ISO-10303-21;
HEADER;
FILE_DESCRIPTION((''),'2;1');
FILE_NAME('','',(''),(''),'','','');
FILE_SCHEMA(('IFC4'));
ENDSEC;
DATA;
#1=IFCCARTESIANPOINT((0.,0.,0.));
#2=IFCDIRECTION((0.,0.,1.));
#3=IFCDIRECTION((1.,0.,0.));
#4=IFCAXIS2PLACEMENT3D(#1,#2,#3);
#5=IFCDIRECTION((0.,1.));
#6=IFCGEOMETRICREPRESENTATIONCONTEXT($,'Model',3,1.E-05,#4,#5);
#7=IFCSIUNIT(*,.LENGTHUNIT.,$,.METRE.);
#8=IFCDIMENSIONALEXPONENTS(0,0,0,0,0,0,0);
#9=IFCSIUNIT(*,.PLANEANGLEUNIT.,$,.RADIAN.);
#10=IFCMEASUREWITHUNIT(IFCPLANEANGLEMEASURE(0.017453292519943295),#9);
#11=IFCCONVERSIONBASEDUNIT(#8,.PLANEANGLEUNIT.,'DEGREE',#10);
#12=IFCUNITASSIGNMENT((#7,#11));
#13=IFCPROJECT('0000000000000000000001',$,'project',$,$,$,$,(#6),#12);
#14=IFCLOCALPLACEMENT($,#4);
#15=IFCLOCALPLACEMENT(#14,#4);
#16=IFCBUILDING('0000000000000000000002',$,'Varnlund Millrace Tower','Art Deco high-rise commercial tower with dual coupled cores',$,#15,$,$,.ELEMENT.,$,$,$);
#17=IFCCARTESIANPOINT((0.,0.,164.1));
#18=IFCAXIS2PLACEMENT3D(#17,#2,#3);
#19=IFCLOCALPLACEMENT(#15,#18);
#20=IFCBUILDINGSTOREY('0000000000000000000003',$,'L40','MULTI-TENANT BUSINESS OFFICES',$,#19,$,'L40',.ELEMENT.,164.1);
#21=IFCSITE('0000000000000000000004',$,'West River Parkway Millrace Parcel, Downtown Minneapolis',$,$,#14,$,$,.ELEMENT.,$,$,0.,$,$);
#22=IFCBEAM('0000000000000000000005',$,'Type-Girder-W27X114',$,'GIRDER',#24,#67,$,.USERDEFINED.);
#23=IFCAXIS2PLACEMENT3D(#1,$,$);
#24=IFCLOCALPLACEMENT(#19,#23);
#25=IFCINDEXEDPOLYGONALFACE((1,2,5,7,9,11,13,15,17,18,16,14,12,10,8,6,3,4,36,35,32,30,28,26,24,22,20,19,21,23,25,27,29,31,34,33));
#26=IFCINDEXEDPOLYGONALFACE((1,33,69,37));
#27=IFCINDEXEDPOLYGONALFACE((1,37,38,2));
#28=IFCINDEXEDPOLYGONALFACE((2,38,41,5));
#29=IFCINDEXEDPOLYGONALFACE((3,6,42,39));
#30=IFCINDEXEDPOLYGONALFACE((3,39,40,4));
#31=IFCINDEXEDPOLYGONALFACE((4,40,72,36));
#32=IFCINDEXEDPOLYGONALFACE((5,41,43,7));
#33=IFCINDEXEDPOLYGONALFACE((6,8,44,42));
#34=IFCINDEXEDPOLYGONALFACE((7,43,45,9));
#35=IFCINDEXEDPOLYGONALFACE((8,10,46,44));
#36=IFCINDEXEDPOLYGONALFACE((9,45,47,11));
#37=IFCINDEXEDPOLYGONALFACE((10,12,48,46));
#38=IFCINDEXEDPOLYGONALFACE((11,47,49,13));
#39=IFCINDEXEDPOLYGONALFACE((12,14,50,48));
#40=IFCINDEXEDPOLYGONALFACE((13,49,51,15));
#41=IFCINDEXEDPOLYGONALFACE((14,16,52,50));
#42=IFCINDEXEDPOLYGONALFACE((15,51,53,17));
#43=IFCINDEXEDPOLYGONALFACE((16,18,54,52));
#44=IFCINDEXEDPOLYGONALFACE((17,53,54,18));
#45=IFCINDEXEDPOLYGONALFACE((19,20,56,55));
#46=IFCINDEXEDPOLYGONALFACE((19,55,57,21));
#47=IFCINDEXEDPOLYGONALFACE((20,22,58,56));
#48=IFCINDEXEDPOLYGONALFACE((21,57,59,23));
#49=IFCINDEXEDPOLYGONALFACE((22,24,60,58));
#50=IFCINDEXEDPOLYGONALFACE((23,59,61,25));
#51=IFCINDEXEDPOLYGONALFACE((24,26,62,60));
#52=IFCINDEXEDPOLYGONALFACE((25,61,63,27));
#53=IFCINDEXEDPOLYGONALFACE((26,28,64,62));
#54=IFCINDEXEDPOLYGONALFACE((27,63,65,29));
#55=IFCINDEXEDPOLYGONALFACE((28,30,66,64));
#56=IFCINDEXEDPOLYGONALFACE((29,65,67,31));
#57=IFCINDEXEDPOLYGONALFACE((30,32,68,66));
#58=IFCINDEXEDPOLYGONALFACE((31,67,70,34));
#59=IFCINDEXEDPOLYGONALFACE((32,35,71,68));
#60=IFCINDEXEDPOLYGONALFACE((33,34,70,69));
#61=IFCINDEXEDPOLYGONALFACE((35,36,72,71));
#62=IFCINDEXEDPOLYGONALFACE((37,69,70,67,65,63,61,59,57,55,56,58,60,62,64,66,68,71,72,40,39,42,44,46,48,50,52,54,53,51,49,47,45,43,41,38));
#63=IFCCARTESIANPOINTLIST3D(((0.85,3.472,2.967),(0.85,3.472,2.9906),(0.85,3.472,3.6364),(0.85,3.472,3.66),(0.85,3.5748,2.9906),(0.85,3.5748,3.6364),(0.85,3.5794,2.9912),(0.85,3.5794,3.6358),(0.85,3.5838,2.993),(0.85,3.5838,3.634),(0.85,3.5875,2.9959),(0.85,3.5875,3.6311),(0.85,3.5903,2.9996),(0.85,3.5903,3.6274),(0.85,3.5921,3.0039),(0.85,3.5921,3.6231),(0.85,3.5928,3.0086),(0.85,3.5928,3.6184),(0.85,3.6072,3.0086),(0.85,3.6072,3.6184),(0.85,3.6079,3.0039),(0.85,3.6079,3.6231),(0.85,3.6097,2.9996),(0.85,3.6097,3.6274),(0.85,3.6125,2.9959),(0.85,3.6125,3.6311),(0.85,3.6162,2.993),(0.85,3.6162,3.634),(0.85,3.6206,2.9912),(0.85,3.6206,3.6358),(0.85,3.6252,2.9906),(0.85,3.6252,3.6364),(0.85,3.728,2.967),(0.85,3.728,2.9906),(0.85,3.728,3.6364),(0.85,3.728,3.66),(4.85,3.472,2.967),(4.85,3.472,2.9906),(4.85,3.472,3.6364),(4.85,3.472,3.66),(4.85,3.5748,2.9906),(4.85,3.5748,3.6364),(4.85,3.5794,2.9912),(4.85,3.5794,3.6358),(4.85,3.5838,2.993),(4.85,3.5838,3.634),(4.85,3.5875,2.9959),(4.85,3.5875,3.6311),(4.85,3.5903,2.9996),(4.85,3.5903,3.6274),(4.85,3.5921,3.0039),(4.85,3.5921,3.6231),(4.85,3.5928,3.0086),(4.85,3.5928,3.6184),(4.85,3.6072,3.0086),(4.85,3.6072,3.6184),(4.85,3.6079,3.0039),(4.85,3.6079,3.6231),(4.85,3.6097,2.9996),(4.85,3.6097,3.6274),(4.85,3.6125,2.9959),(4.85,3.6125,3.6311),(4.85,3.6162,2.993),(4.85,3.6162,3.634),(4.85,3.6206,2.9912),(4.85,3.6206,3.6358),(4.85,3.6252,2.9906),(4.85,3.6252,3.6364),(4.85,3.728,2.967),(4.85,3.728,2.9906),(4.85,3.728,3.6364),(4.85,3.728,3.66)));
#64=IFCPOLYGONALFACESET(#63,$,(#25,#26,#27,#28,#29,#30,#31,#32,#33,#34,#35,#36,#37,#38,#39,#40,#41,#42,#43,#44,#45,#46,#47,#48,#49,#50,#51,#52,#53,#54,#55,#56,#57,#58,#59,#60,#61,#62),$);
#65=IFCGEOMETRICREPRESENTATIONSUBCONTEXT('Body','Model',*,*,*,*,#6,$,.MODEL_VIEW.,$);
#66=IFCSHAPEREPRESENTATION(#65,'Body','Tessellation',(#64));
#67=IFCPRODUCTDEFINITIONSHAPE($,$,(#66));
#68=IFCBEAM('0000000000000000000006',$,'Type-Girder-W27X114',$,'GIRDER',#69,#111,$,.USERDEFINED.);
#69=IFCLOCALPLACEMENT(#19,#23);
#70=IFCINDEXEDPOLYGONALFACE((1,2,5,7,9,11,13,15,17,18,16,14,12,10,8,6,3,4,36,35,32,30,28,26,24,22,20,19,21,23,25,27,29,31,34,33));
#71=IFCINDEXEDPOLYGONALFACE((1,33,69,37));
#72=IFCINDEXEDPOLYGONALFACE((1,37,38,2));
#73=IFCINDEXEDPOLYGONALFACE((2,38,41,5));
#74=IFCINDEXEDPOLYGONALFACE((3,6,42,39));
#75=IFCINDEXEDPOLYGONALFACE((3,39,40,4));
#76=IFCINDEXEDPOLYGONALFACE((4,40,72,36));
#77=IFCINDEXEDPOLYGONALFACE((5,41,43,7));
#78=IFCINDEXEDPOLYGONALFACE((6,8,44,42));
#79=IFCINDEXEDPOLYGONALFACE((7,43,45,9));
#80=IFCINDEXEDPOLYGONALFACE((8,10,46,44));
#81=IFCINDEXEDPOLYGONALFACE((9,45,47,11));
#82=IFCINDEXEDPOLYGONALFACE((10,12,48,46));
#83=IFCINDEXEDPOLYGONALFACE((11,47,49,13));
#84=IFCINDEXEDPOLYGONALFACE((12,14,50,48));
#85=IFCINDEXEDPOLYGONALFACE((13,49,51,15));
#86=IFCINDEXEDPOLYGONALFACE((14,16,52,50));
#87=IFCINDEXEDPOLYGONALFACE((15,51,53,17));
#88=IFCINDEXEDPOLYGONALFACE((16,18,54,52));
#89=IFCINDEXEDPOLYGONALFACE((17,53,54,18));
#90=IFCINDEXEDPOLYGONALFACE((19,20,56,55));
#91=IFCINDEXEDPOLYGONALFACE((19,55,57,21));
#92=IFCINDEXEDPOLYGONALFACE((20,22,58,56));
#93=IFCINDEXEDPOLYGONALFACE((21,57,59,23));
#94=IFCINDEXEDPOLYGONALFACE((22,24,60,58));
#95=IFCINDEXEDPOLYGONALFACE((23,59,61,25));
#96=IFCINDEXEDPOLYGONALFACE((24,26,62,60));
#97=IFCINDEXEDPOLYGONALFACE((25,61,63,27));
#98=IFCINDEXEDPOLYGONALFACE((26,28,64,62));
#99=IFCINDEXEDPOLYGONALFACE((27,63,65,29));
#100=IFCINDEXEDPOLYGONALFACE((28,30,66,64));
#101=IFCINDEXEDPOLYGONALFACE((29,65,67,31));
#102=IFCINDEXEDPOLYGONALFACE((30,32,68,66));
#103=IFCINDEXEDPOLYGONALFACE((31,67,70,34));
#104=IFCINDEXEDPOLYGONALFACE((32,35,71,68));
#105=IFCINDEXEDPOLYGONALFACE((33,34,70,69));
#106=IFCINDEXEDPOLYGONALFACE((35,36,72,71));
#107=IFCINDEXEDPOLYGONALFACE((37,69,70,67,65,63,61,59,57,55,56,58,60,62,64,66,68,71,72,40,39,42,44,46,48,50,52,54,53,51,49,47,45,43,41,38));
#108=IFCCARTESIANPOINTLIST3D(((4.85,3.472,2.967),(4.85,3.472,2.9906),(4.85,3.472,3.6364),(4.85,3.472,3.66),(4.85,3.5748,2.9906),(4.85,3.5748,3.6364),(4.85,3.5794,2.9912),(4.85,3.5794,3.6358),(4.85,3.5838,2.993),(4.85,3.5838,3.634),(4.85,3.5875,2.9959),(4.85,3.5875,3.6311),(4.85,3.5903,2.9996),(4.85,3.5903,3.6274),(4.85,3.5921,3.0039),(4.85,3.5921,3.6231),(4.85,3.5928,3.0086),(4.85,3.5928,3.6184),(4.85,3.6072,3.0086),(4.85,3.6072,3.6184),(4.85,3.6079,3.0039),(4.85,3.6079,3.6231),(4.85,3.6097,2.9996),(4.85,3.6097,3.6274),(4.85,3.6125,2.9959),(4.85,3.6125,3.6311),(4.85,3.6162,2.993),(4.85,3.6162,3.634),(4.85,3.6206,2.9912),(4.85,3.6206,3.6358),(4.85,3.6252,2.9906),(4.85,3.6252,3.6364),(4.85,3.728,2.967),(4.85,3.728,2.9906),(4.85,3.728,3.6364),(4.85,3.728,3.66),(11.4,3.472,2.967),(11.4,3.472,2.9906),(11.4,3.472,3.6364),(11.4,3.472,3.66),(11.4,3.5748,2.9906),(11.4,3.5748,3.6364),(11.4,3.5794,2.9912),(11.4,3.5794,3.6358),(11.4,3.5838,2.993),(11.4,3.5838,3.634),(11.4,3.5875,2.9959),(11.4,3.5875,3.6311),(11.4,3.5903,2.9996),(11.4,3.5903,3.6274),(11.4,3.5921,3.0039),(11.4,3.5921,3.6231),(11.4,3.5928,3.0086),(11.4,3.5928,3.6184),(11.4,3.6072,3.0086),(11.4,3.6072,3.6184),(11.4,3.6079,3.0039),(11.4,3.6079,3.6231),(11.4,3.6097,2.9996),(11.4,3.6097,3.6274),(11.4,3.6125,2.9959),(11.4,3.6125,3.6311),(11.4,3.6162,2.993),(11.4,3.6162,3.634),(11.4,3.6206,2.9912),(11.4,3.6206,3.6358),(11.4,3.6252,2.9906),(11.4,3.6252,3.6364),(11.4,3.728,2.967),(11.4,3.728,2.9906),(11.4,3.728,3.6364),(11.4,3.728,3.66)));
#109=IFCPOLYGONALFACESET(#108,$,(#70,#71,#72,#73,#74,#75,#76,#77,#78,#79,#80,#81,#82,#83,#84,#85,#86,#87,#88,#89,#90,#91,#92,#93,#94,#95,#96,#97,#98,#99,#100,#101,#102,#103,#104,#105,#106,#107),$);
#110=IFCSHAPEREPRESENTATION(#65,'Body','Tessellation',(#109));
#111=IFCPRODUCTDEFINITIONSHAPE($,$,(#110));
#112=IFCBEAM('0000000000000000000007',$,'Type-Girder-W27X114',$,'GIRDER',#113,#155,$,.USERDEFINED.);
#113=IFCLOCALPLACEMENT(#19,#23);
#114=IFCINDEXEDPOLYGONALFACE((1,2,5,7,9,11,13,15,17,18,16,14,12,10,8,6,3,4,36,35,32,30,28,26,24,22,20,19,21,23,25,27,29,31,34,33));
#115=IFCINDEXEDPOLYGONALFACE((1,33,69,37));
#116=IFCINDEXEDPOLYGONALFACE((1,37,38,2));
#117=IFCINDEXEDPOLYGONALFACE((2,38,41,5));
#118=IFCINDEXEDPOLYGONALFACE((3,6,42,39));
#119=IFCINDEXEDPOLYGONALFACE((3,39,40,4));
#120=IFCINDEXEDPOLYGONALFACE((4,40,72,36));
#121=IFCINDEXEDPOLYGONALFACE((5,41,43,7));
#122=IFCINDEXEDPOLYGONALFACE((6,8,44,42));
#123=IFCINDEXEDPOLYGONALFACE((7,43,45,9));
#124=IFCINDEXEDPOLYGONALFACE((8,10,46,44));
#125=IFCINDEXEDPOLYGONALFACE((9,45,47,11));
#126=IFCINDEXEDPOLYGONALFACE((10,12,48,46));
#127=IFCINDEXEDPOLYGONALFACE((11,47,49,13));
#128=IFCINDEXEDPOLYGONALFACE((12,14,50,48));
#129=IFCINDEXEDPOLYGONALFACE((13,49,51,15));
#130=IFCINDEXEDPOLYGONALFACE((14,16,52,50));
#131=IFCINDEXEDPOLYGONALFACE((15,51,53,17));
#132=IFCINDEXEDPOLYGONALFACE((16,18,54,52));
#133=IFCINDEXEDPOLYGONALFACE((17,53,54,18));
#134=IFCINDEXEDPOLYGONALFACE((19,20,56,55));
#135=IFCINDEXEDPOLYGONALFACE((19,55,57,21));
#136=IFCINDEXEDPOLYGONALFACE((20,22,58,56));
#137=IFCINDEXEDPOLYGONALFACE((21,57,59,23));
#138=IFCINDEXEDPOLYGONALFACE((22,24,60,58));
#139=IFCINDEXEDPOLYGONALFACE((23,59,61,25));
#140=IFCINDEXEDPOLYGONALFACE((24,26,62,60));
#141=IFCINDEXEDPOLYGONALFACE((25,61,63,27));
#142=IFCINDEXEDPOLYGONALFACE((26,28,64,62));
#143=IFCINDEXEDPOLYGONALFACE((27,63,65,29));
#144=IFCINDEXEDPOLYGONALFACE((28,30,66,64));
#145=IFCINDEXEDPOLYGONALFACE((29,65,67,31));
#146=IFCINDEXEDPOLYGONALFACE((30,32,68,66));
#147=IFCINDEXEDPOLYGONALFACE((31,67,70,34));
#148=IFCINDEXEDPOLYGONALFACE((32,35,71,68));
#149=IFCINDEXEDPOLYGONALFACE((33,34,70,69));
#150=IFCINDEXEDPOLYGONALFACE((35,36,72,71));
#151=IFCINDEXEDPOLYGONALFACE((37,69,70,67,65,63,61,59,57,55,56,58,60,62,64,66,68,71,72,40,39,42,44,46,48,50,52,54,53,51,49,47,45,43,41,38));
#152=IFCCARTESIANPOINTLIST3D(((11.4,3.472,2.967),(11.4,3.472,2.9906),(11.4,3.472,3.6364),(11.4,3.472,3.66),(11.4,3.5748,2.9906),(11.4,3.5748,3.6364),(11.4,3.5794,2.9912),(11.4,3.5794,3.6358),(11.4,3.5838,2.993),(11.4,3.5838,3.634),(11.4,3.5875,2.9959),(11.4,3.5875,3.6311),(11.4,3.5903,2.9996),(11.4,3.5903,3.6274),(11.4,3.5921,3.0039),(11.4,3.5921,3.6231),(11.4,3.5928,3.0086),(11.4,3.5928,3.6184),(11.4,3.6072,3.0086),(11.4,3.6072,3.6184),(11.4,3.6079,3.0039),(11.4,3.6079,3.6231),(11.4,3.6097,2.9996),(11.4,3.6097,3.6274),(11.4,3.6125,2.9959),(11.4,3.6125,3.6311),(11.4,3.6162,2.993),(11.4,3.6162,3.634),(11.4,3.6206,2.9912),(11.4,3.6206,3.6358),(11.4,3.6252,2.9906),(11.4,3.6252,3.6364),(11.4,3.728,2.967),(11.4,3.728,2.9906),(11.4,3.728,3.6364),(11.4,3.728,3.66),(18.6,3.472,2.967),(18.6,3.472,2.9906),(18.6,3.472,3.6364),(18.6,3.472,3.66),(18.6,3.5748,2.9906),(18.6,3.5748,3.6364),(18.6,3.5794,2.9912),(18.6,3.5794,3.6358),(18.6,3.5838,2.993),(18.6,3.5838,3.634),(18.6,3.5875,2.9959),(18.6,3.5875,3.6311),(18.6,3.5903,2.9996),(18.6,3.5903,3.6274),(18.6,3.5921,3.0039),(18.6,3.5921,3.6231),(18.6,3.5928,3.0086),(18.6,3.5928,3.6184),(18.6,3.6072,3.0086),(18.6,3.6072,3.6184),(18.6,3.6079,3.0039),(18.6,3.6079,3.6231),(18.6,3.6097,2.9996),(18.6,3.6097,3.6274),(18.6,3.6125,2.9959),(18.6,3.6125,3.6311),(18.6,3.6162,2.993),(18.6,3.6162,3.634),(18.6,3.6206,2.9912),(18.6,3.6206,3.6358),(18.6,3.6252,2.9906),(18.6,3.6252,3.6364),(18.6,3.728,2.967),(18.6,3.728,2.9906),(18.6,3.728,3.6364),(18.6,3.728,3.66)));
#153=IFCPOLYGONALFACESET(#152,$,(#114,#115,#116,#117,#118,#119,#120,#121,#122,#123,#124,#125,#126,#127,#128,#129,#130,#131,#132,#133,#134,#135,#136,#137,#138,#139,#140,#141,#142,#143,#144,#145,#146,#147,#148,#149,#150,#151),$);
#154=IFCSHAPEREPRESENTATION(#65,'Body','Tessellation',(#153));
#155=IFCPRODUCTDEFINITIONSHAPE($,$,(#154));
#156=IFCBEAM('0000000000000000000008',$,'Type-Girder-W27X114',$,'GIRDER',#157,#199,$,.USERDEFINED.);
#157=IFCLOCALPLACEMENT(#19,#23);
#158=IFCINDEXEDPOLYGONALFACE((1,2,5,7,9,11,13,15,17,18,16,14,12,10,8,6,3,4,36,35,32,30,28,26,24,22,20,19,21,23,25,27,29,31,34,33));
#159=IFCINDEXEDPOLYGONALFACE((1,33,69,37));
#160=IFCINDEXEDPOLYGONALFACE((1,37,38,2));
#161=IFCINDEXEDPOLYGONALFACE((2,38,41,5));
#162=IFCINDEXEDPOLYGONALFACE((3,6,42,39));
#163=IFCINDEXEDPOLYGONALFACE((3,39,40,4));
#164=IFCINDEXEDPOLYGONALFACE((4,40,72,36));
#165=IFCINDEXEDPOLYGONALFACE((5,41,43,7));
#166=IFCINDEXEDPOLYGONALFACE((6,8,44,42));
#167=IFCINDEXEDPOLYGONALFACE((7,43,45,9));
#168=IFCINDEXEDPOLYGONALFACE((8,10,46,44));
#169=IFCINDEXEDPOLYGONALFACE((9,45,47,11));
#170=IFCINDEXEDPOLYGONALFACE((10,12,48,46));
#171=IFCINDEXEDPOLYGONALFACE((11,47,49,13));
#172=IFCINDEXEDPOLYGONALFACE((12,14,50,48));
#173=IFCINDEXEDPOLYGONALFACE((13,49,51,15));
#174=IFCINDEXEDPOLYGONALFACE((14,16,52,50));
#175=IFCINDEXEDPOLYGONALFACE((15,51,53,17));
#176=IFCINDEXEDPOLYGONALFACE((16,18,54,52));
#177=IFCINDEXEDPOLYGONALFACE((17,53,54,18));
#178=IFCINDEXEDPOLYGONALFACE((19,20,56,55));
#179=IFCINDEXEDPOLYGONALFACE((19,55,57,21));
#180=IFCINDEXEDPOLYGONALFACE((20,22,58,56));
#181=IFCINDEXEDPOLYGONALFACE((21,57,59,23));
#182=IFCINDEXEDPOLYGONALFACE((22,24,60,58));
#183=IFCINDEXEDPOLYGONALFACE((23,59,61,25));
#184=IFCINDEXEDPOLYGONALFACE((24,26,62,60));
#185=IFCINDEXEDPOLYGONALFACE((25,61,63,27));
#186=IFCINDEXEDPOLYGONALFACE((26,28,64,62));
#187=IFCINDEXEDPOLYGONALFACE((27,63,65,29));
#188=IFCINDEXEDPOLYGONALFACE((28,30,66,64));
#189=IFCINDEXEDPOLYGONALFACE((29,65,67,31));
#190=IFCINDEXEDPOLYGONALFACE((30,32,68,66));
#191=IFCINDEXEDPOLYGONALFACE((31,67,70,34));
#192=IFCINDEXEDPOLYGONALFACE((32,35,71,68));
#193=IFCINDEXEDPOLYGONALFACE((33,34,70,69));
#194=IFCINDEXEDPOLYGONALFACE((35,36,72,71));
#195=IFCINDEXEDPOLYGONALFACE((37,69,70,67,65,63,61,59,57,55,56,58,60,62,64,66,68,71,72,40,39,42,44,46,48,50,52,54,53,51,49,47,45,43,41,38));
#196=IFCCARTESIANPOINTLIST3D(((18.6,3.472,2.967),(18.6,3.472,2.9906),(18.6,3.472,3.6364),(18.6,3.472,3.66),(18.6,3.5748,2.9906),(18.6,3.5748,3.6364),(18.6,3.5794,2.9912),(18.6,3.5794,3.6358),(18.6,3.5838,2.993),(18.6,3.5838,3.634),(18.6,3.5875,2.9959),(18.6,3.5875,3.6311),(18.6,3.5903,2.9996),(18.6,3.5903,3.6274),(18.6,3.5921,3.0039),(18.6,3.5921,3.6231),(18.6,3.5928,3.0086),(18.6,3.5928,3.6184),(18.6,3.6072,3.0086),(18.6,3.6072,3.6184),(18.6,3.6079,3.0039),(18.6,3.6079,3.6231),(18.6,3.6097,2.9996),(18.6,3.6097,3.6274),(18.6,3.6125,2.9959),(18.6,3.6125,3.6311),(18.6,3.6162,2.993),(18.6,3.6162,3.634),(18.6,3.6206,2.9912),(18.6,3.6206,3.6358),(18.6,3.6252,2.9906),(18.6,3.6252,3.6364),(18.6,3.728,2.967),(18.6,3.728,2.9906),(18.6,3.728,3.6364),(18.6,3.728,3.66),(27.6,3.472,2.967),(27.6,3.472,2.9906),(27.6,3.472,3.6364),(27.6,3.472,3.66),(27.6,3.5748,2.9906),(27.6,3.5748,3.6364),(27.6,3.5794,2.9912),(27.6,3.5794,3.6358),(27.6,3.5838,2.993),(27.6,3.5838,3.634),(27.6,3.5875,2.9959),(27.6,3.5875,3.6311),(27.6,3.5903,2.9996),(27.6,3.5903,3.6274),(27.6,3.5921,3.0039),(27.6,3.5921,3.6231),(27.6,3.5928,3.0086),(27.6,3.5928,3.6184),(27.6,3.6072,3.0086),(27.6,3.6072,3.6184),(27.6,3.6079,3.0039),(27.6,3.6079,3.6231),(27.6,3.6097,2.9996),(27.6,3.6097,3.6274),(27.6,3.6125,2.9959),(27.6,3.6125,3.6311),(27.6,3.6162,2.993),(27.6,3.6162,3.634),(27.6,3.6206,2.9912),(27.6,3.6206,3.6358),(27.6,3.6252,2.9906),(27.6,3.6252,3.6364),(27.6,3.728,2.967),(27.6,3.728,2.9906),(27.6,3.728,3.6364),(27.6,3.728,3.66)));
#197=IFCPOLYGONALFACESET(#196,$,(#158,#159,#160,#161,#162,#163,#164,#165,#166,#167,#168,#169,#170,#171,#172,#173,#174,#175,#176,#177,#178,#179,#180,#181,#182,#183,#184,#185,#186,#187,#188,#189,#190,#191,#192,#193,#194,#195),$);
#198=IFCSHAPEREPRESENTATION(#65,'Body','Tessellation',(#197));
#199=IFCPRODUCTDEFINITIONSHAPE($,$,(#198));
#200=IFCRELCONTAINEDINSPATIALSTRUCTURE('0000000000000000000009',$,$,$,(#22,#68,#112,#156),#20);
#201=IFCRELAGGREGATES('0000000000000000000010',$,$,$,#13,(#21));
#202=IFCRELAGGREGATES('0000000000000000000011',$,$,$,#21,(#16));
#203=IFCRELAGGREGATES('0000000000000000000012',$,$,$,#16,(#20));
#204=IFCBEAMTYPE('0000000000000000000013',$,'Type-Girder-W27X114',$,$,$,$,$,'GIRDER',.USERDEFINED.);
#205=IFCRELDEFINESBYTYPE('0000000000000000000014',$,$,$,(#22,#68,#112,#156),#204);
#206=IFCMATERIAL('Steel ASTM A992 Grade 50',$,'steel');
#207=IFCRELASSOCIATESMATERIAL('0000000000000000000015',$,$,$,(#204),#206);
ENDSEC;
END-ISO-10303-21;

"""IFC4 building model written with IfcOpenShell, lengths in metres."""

from ifc_helpers import new_model, entity, si_unit, converted_unit, direction, frame, origin_with_axes, origin_2d_with_axis, place, context, subcontext, project, spatial, i_section, extrude, material, material_profile, profile_set, type_object, element, save


model = new_model("IFC4")

# Units and contexts
model_context = context("Model", 3, precision=1e-05, world=origin_with_axes(), true_north=direction((0.0, 1.0)))
body_context = subcontext(model_context, "Body", "Model", "MODEL_VIEW")
ifc_project = project(units=[si_unit("LENGTHUNIT", "METRE"), converted_unit("PLANEANGLEUNIT", "DEGREE", entity("IfcPlaneAngleMeasure", 0.017453292519943295), si_unit("PLANEANGLEUNIT", "RADIAN"), dimensions=[0, 0, 0, 0, 0, 0, 0])], contexts=[model_context])

# Site, building, storey
site_placement = place(None, origin_with_axes())
site = spatial("IfcSite", under=ifc_project, at=site_placement, Name="West River Parkway Millrace Parcel, Downtown Minneapolis", CompositionType="ELEMENT", RefElevation=0.0)
building_placement = place(site_placement, origin_with_axes())
building = spatial("IfcBuilding", under=site, at=building_placement, Name="Varnlund Millrace Tower", Description="Art Deco high-rise commercial tower with dual coupled cores", CompositionType="ELEMENT")
storey_placement = place(building_placement, frame((0.0, 0.0, 164.1), z_axis=(0.0, 0.0, 1.0), x_axis=(1.0, 0.0, 0.0)))
storey = spatial("IfcBuildingStorey", under=building, at=storey_placement, Name="L40", Description="MULTI-TENANT BUSINESS OFFICES", LongName="L40", CompositionType="ELEMENT", Elevation=164.1)

# Beams
ifc_material_1 = material(Name="Steel ASTM A992 Grade 50", Category="steel")
ifc_material_profile_1 = material_profile(ifc_material_1, i_section(OverallWidth=0.256, OverallDepth=0.693, WebThickness=0.0145, FlangeThickness=0.0236, FilletRadius=0.018, at=origin_2d_with_axis()), Name="Steel ASTM A992 Grade 50")
ifc_profile_set_1 = profile_set([ifc_material_profile_1], Name="Steel ASTM A992 Grade 50")
beam_type_1 = type_object("IfcBeamType", Name="Type-Girder-W27X114", ElementType="GIRDER", PredefinedType="USERDEFINED", material=ifc_profile_set_1)
beam_1_placement = place(storey_placement, frame((0.85, 3.6, 3.3135), z_axis=(1.0, 0.0, 0.0), x_axis=(0.0, 1.0, 0.0)))
element("IfcBeam", 1, at=beam_1_placement, inside=storey, type_object=beam_type_1, Name="Type-Girder-W27X114", ObjectType="GIRDER", PredefinedType="USERDEFINED", context=body_context, shape_type="SweptSolid", body=[
    extrude(i_section(OverallWidth=0.256, OverallDepth=0.693, WebThickness=0.0145, FlangeThickness=0.0236, FilletRadius=0.018, at=origin_2d_with_axis()), origin_with_axes(), (0.0, 0.0, 1.0), 4.0),
])
beam_2_placement = place(storey_placement, frame((4.85, 3.6, 3.3135), z_axis=(1.0, 0.0, 0.0), x_axis=(0.0, 1.0, 0.0)))
element("IfcBeam", 2, at=beam_2_placement, inside=storey, type_object=beam_type_1, Name="Type-Girder-W27X114", ObjectType="GIRDER", PredefinedType="USERDEFINED", context=body_context, shape_type="SweptSolid", body=[
    extrude(i_section(OverallWidth=0.256, OverallDepth=0.693, WebThickness=0.0145, FlangeThickness=0.0236, FilletRadius=0.018, at=origin_2d_with_axis()), origin_with_axes(), (0.0, 0.0, 1.0), 6.55),
])
beam_3_placement = place(storey_placement, frame((11.4, 3.6, 3.3135), z_axis=(1.0, 0.0, 0.0), x_axis=(0.0, 1.0, 0.0)))
element("IfcBeam", 3, at=beam_3_placement, inside=storey, type_object=beam_type_1, Name="Type-Girder-W27X114", ObjectType="GIRDER", PredefinedType="USERDEFINED", context=body_context, shape_type="SweptSolid", body=[
    extrude(i_section(OverallWidth=0.256, OverallDepth=0.693, WebThickness=0.0145, FlangeThickness=0.0236, FilletRadius=0.018, at=origin_2d_with_axis()), origin_with_axes(), (0.0, 0.0, 1.0), 7.2),
])
beam_4_placement = place(storey_placement, frame((18.6, 3.6, 3.3135), z_axis=(1.0, 0.0, 0.0), x_axis=(0.0, 1.0, 0.0)))
element("IfcBeam", 4, at=beam_4_placement, inside=storey, type_object=beam_type_1, Name="Type-Girder-W27X114", ObjectType="GIRDER", PredefinedType="USERDEFINED", context=body_context, shape_type="SweptSolid", body=[
    extrude(i_section(OverallWidth=0.256, OverallDepth=0.693, WebThickness=0.0145, FlangeThickness=0.0236, FilletRadius=0.018, at=origin_2d_with_axis()), origin_with_axes(), (0.0, 0.0, 1.0), 9.0),
])

save(model, "model.ifc")
